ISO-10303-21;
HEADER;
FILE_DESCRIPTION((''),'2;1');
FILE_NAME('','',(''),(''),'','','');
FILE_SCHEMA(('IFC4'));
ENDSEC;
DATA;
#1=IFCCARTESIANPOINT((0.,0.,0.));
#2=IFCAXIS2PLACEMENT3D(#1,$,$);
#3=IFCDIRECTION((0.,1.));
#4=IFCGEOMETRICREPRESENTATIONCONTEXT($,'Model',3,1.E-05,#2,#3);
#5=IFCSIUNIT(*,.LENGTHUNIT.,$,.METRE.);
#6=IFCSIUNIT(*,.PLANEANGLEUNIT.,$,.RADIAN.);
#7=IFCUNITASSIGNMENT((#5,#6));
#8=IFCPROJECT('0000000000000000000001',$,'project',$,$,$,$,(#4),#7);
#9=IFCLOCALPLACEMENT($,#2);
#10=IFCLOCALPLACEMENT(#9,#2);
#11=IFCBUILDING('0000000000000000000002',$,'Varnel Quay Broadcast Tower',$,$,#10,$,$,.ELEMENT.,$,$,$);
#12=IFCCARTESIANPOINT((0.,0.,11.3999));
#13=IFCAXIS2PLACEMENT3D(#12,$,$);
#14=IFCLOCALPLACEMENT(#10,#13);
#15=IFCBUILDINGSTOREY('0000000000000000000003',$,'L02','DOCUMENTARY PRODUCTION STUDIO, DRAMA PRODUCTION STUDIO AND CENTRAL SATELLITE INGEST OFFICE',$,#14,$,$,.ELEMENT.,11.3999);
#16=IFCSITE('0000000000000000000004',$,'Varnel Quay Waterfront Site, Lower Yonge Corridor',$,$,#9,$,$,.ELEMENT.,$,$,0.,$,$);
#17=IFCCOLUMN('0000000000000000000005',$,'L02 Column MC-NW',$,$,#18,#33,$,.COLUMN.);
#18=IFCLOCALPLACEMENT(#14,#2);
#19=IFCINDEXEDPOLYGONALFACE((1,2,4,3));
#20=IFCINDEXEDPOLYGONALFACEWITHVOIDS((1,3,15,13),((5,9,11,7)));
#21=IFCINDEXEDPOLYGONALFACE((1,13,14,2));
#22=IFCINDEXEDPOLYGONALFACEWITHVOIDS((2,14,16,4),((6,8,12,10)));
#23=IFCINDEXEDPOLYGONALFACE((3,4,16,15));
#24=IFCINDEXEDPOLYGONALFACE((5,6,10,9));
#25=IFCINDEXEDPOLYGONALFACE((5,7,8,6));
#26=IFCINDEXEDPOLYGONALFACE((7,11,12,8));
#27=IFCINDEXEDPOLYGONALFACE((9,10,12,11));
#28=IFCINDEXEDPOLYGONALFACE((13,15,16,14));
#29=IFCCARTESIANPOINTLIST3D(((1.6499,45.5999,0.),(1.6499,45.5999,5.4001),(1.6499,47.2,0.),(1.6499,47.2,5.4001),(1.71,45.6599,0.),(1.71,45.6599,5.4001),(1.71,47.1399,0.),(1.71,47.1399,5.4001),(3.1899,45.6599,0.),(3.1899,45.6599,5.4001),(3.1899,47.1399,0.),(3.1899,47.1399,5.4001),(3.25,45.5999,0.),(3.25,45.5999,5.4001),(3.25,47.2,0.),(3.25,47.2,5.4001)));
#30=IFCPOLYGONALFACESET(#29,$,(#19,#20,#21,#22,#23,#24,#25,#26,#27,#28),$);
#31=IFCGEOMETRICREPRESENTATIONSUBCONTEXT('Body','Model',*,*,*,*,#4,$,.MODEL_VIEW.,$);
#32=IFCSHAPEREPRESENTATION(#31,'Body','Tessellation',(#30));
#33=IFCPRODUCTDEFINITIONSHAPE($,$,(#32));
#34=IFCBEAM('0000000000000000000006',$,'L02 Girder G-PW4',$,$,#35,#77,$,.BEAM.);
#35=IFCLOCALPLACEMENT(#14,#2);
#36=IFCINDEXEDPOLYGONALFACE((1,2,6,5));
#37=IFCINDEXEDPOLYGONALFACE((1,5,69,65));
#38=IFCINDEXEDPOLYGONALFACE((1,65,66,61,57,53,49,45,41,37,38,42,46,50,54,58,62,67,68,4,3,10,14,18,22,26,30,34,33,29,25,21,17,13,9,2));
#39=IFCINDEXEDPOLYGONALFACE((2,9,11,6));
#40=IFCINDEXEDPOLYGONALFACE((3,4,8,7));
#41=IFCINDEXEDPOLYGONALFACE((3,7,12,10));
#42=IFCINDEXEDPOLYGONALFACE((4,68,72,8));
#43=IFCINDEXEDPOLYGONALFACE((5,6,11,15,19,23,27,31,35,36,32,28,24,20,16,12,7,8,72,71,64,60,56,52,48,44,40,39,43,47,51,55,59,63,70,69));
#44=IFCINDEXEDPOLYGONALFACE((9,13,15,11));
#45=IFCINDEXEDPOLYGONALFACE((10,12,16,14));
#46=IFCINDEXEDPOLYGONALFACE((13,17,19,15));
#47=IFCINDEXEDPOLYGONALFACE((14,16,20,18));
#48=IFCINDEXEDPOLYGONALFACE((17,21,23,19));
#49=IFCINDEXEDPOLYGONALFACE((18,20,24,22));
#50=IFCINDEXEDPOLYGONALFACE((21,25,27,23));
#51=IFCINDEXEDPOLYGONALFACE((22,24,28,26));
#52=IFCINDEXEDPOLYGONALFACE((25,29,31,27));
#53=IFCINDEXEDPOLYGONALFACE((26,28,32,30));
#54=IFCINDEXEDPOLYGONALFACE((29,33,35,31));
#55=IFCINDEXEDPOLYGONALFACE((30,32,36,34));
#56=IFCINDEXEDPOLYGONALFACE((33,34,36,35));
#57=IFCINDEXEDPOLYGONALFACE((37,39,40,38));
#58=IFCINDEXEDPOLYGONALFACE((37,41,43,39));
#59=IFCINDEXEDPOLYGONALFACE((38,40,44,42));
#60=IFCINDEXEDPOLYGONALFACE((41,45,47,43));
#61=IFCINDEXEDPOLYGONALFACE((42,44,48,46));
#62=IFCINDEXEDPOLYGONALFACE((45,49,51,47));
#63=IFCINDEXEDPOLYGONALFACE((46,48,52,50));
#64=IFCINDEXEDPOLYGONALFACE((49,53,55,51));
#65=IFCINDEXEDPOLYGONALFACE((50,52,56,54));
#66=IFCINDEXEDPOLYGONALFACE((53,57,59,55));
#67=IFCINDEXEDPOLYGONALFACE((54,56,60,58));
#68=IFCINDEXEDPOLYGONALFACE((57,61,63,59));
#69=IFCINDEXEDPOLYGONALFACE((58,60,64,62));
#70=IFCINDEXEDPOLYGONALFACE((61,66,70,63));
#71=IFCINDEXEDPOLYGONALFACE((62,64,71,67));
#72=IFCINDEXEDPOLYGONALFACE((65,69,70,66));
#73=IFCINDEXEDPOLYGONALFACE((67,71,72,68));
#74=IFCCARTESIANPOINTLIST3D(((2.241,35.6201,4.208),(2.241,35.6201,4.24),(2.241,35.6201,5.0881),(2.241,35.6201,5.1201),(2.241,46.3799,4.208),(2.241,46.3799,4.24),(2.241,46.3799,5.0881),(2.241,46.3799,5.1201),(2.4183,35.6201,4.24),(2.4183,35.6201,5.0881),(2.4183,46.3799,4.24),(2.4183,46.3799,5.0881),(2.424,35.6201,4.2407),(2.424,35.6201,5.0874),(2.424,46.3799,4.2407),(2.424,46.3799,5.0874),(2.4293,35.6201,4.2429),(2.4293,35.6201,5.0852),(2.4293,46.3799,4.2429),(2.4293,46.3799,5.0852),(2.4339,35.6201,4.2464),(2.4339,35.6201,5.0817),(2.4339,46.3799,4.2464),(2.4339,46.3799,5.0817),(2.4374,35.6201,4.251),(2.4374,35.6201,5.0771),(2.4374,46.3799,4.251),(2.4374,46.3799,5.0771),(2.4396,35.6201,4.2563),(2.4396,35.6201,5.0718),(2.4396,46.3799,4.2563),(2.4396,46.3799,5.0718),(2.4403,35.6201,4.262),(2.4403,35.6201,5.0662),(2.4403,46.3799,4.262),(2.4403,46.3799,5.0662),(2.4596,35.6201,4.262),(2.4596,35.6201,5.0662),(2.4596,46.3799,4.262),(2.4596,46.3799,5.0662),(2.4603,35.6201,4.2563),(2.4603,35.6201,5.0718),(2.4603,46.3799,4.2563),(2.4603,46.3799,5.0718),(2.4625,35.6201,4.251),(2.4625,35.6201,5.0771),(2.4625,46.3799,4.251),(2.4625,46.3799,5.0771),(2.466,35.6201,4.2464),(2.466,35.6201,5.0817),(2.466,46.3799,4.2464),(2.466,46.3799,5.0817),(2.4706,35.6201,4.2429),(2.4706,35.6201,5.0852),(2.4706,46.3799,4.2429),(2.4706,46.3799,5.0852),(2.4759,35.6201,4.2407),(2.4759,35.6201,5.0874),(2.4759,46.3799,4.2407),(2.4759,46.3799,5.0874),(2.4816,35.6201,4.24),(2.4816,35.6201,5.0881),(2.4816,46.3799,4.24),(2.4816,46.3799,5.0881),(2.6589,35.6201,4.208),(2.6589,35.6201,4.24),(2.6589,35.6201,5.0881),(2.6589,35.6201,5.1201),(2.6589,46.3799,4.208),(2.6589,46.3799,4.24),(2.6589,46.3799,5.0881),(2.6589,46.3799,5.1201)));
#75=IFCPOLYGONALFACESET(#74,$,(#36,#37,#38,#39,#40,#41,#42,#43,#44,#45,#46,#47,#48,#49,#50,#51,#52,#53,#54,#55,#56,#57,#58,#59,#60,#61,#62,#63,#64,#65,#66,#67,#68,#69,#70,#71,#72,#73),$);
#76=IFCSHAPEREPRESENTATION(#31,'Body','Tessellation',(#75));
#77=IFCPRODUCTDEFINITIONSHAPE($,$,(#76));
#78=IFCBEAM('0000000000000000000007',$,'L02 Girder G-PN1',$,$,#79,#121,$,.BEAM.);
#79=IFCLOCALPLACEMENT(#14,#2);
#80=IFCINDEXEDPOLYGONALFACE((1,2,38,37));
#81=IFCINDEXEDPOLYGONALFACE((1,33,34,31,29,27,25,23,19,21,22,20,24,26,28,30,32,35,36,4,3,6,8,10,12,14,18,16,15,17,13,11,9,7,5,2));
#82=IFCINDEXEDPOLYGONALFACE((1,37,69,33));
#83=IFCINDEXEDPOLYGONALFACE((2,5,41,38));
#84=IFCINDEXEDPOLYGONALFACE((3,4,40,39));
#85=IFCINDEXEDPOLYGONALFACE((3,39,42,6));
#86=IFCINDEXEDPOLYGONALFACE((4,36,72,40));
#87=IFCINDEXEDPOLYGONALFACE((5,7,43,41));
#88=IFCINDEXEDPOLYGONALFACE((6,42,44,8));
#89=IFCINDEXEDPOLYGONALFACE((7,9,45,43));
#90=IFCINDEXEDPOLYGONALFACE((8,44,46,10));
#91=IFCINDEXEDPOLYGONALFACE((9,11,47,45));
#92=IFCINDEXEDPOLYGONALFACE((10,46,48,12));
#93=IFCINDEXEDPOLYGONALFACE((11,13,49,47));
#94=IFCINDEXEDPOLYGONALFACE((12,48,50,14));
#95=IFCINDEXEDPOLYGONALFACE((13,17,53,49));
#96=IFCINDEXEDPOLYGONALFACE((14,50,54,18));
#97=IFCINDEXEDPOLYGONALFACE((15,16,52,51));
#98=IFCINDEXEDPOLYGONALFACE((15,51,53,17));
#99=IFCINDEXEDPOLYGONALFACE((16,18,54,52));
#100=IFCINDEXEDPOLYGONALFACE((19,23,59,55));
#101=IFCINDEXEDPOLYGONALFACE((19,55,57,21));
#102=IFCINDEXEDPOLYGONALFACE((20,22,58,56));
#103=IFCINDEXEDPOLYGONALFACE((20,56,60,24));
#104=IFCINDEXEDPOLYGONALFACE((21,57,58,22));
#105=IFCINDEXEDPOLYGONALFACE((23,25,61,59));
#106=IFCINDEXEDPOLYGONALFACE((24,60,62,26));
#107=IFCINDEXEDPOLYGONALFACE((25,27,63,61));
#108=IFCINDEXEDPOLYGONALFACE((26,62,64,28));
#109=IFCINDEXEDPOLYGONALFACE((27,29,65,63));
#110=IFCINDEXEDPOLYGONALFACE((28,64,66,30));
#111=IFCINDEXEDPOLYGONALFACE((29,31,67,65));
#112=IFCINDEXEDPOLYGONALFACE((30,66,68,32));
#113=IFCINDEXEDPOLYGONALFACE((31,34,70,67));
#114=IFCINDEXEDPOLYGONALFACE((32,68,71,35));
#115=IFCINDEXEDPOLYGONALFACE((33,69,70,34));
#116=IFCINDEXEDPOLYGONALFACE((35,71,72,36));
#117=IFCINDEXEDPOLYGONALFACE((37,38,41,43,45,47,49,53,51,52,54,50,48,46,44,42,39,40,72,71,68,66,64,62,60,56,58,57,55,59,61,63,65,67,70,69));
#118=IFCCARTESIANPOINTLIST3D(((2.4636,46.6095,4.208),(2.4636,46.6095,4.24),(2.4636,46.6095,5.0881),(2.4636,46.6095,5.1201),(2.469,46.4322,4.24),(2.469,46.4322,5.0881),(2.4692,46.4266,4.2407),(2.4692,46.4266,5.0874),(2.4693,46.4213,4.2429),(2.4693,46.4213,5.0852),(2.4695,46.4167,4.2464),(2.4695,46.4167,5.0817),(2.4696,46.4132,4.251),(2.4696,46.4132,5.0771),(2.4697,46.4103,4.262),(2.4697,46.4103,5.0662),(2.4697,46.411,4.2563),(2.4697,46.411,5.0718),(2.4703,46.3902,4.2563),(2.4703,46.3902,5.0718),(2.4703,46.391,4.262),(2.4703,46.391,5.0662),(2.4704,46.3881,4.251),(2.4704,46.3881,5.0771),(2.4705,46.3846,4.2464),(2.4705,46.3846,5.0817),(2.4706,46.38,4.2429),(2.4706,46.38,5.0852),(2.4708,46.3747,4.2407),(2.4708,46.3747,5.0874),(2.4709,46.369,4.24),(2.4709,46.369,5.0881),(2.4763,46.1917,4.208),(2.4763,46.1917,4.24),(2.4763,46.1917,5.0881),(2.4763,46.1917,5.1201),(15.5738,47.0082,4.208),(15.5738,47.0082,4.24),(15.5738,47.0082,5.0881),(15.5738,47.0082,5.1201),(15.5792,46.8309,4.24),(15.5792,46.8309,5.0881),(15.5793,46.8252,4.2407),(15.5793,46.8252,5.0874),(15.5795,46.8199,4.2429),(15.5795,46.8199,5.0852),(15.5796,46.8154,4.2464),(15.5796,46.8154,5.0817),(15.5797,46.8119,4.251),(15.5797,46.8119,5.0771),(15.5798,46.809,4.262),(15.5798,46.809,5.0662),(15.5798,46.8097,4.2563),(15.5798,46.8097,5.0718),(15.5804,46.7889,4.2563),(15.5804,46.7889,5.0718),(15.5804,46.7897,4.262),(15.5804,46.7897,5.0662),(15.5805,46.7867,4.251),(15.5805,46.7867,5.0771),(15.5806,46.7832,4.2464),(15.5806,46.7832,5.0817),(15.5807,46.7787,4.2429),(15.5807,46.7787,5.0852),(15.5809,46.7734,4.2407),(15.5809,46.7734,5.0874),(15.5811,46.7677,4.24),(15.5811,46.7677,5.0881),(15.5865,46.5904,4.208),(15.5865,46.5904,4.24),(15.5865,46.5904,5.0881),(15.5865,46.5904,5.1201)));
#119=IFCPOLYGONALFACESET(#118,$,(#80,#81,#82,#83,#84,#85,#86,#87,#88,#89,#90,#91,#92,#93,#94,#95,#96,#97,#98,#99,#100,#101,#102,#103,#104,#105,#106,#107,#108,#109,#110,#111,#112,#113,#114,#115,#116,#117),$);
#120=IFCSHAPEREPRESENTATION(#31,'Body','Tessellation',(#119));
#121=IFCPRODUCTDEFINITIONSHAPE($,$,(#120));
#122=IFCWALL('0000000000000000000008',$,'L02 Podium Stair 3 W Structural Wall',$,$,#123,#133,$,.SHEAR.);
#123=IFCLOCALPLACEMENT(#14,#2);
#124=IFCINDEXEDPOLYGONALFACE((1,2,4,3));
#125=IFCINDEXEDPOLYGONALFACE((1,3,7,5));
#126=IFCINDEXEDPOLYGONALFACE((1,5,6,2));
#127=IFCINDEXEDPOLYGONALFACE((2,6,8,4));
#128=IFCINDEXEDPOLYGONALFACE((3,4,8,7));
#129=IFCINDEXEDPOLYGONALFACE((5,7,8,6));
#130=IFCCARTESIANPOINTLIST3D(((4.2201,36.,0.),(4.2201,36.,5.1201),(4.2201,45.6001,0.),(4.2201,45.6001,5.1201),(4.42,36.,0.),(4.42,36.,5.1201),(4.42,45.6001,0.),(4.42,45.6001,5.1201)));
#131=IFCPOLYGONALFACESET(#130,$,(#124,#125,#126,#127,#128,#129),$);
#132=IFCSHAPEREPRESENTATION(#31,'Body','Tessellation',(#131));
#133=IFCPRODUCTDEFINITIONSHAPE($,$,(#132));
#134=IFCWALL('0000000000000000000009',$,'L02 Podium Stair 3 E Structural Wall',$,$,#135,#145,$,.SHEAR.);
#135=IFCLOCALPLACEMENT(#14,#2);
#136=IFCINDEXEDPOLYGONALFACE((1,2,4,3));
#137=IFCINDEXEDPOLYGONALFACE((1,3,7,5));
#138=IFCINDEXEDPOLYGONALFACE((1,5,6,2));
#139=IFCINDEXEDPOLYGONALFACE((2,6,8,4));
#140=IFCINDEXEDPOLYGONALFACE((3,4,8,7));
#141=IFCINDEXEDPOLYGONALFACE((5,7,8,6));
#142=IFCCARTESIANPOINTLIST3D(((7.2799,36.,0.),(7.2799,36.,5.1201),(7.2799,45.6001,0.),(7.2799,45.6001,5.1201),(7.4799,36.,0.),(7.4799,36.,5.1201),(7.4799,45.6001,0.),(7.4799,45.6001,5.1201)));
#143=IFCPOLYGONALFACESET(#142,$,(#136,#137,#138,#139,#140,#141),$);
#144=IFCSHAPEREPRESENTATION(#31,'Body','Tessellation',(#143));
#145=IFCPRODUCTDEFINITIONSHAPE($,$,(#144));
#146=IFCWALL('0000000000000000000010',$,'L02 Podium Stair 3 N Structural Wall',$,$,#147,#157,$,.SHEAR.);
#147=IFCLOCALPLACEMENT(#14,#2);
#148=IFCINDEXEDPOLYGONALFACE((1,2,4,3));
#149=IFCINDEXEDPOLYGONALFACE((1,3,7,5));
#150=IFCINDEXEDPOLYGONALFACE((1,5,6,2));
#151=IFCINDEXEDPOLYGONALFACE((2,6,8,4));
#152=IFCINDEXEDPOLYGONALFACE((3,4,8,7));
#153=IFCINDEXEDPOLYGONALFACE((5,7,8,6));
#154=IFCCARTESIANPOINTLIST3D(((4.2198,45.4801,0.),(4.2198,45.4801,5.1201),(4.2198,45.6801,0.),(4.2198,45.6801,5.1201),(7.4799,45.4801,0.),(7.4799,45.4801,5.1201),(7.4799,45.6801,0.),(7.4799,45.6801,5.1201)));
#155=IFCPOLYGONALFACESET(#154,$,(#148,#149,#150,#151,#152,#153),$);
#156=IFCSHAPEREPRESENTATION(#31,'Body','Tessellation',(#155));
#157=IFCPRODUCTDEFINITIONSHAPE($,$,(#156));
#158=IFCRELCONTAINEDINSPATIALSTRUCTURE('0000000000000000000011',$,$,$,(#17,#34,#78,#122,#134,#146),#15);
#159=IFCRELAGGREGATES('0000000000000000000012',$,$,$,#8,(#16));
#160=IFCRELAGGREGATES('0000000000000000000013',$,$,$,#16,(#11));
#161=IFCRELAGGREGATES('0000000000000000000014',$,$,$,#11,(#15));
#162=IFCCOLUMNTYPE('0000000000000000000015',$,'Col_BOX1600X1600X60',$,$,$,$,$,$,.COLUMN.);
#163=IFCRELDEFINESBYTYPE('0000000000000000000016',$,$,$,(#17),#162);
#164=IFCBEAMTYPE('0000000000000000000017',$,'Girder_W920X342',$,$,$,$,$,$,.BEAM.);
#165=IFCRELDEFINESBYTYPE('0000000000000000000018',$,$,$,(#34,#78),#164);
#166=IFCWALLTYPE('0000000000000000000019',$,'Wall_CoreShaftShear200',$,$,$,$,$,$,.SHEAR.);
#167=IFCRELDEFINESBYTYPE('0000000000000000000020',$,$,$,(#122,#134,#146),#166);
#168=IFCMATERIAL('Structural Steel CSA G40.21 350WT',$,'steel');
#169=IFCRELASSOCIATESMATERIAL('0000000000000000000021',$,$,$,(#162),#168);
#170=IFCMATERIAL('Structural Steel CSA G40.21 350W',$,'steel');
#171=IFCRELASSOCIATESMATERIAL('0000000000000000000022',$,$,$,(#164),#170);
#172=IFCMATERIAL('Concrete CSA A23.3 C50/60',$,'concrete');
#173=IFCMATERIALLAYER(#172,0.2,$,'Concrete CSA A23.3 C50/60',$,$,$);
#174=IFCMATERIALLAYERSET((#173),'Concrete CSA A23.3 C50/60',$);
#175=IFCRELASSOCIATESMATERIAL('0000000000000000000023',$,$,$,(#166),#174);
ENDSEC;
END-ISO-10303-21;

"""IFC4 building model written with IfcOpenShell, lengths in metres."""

from ifc_helpers import new_model, si_unit, direction, frame, frame_2d, origin, origin_2d, place, context, subcontext, project, spatial, rectangle, hollow_rectangle, i_section, extrude, source, transform, mapped, material, layer, layer_set, material_profile, profile_set, type_object, type_shapes, element, save


model = new_model("IFC4")

# Units and contexts
model_context = context("Model", 3, precision=1e-05, world=origin(), true_north=direction((0.0, 1.0)))
body_context = subcontext(model_context, "Body", "Model", "MODEL_VIEW")
ifc_project = project(units=[si_unit("LENGTHUNIT", "METRE"), si_unit("PLANEANGLEUNIT", "RADIAN")], contexts=[model_context])

# Site, building, storey
site_placement = place(None, origin())
site = spatial("IfcSite", under=ifc_project, at=site_placement, Name="Varnel Quay Waterfront Site, Lower Yonge Corridor", CompositionType="ELEMENT", RefElevation=0.0)
building_placement = place(site_placement, origin())
building = spatial("IfcBuilding", under=site, at=building_placement, Name="Varnel Quay Broadcast Tower", CompositionType="ELEMENT")
storey_placement = place(building_placement, frame((0.0, 0.0, 11.3999)))
storey = spatial("IfcBuildingStorey", under=building, at=storey_placement, Name="L02", Description="DOCUMENTARY PRODUCTION STUDIO, DRAMA PRODUCTION STUDIO AND CENTRAL SATELLITE INGEST OFFICE", CompositionType="ELEMENT", Elevation=11.3999)

# Column
ifc_material_1 = material(Name="Structural Steel CSA G40.21 350WT", Category="steel")
ifc_material_profile_1 = material_profile(ifc_material_1, hollow_rectangle(XDim=1.6001, YDim=1.6001, WallThickness=0.0601, at=origin_2d()), Name="BOX1600X1600X60")
ifc_profile_set_1 = profile_set([ifc_material_profile_1], Name="Structural Steel CSA G40.21 350WT")
column_type = type_object("IfcColumnType", Name="Col_BOX1600X1600X60", PredefinedType="COLUMN", material=ifc_profile_set_1)
shared_shape_1 = source(origin(), body_context, "Body", "SweptSolid", [
    extrude(hollow_rectangle(XDim=1.6001, YDim=1.6001, WallThickness=0.0601, at=origin_2d()), origin(), (0.0, 0.0, 1.0), 5.4001),
])
type_shapes(column_type, [shared_shape_1])
column_placement = place(storey_placement, frame((2.45, 46.3999, 0.0), z_axis=(0.0, 0.0, 1.0), x_axis=(1.0, 0.0, 0.0)))
element("IfcColumn", 1, at=column_placement, inside=storey, type_object=column_type, Name="L02 Column MC-NW", PredefinedType="COLUMN", context=body_context, shape_type="MappedRepresentation", body=[
    mapped(shared_shape_1, transform((0.0, 0.0, 0.0), x_axis=(1.0, 0.0, 0.0), y_axis=(0.0, 1.0, 0.0), z_axis=(0.0, 0.0, 1.0), scale=1.0)),
])

# Beams
ifc_material_2 = material(Name="Structural Steel CSA G40.21 350W", Category="steel")
ifc_material_profile_2 = material_profile(ifc_material_2, i_section(OverallWidth=0.418, OverallDepth=0.9121, WebThickness=0.0193, FlangeThickness=0.032, FilletRadius=0.022, at=origin_2d()), Name="W920X342")
ifc_profile_set_2 = profile_set([ifc_material_profile_2], Name="Structural Steel CSA G40.21 350W")
beam_type = type_object("IfcBeamType", Name="Girder_W920X342", PredefinedType="BEAM", material=ifc_profile_set_2)
shared_shape_2 = source(origin(), body_context, "Body", "SweptSolid", [
    extrude(i_section(OverallWidth=0.418, OverallDepth=0.9121, WebThickness=0.0193, FlangeThickness=0.032, FilletRadius=0.022, at=origin_2d()), origin(), (0.0, 0.0, 1.0), 10.7598),
])
beam_1_placement = place(storey_placement, frame((2.45, 35.6201, 4.6641), z_axis=(0.0, 1.0, 0.0), x_axis=(-1.0, 0.0, 0.0)))
element("IfcBeam", 2, at=beam_1_placement, inside=storey, type_object=beam_type, Name="L02 Girder G-PW4", PredefinedType="BEAM", context=body_context, shape_type="MappedRepresentation", body=[
    mapped(shared_shape_2, transform((0.0, 0.0, 0.0), x_axis=(1.0, 0.0, 0.0), y_axis=(0.0, 1.0, 0.0), z_axis=(0.0, 0.0, 1.0), scale=1.0)),
])
shared_shape_3 = source(origin(), body_context, "Body", "SweptSolid", [
    extrude(i_section(OverallWidth=0.418, OverallDepth=0.9121, WebThickness=0.0193, FlangeThickness=0.032, FilletRadius=0.022, at=origin_2d()), origin(), (0.0, 0.0, 1.0), 13.1162),
])
type_shapes(beam_type, [shared_shape_2, shared_shape_3])
beam_2_placement = place(storey_placement, frame((2.47, 46.4006, 4.6641), z_axis=(0.999538, 0.030396, 0.0), x_axis=(-0.030396, 0.999538, 0.0)))
element("IfcBeam", 3, at=beam_2_placement, inside=storey, type_object=beam_type, Name="L02 Girder G-PN1", PredefinedType="BEAM", context=body_context, shape_type="MappedRepresentation", body=[
    mapped(shared_shape_3, transform((0.0, 0.0, 0.0), x_axis=(1.0, 0.0, 0.0), y_axis=(0.0, 1.0, 0.0), z_axis=(0.0, 0.0, 1.0), scale=1.0)),
])

# Walls
ifc_material_3 = material(Name="Concrete CSA A23.3 C50/60", Category="concrete")
ifc_layer_1 = layer(ifc_material_3, 0.2, Name="Concrete CSA A23.3 C50/60")
ifc_layer_set_1 = layer_set([ifc_layer_1], Name="Concrete CSA A23.3 C50/60")
wall_type_1 = type_object("IfcWallType", Name="Wall_CoreShaftShear200", PredefinedType="SHEAR", material=ifc_layer_set_1)
for number, where, z_axis, x_axis, name in (
    (4, (4.3201, 36.0, 0.0), (0.0, 0.0, 1.0), (0.0, 1.0, 0.0), "L02 Podium Stair 3 W Structural Wall"),
    (5, (7.3799, 36.0, 0.0), (0.0, 0.0, 1.0), (0.0, 1.0, 0.0), "L02 Podium Stair 3 E Structural Wall"),
):
    element("IfcWall", number, at=place(storey_placement, frame(where, z_axis=z_axis, x_axis=x_axis)), inside=storey, type_object=wall_type_1, Name=name, PredefinedType="SHEAR", context=body_context, shape_type="SweptSolid", body=[
        extrude(rectangle(XDim=9.6001, YDim=0.2, at=frame_2d((4.8, 0.0))), origin(), (0.0, 0.0, 1.0), 5.1201),
    ])
wall_1_placement = place(storey_placement, frame((4.22, 45.5801, 0.0), z_axis=(0.0, 0.0, 1.0), x_axis=(1.0, 0.0, 0.0)))
element("IfcWall", 6, at=wall_1_placement, inside=storey, type_object=wall_type_1, Name="L02 Podium Stair 3 N Structural Wall", PredefinedType="SHEAR", context=body_context, shape_type="SweptSolid", body=[
    extrude(rectangle(XDim=3.26, YDim=0.2, at=frame_2d((1.6299, 0.0))), origin(), (0.0, 0.0, 1.0), 5.1201),
])

save(model, "model.ifc")
